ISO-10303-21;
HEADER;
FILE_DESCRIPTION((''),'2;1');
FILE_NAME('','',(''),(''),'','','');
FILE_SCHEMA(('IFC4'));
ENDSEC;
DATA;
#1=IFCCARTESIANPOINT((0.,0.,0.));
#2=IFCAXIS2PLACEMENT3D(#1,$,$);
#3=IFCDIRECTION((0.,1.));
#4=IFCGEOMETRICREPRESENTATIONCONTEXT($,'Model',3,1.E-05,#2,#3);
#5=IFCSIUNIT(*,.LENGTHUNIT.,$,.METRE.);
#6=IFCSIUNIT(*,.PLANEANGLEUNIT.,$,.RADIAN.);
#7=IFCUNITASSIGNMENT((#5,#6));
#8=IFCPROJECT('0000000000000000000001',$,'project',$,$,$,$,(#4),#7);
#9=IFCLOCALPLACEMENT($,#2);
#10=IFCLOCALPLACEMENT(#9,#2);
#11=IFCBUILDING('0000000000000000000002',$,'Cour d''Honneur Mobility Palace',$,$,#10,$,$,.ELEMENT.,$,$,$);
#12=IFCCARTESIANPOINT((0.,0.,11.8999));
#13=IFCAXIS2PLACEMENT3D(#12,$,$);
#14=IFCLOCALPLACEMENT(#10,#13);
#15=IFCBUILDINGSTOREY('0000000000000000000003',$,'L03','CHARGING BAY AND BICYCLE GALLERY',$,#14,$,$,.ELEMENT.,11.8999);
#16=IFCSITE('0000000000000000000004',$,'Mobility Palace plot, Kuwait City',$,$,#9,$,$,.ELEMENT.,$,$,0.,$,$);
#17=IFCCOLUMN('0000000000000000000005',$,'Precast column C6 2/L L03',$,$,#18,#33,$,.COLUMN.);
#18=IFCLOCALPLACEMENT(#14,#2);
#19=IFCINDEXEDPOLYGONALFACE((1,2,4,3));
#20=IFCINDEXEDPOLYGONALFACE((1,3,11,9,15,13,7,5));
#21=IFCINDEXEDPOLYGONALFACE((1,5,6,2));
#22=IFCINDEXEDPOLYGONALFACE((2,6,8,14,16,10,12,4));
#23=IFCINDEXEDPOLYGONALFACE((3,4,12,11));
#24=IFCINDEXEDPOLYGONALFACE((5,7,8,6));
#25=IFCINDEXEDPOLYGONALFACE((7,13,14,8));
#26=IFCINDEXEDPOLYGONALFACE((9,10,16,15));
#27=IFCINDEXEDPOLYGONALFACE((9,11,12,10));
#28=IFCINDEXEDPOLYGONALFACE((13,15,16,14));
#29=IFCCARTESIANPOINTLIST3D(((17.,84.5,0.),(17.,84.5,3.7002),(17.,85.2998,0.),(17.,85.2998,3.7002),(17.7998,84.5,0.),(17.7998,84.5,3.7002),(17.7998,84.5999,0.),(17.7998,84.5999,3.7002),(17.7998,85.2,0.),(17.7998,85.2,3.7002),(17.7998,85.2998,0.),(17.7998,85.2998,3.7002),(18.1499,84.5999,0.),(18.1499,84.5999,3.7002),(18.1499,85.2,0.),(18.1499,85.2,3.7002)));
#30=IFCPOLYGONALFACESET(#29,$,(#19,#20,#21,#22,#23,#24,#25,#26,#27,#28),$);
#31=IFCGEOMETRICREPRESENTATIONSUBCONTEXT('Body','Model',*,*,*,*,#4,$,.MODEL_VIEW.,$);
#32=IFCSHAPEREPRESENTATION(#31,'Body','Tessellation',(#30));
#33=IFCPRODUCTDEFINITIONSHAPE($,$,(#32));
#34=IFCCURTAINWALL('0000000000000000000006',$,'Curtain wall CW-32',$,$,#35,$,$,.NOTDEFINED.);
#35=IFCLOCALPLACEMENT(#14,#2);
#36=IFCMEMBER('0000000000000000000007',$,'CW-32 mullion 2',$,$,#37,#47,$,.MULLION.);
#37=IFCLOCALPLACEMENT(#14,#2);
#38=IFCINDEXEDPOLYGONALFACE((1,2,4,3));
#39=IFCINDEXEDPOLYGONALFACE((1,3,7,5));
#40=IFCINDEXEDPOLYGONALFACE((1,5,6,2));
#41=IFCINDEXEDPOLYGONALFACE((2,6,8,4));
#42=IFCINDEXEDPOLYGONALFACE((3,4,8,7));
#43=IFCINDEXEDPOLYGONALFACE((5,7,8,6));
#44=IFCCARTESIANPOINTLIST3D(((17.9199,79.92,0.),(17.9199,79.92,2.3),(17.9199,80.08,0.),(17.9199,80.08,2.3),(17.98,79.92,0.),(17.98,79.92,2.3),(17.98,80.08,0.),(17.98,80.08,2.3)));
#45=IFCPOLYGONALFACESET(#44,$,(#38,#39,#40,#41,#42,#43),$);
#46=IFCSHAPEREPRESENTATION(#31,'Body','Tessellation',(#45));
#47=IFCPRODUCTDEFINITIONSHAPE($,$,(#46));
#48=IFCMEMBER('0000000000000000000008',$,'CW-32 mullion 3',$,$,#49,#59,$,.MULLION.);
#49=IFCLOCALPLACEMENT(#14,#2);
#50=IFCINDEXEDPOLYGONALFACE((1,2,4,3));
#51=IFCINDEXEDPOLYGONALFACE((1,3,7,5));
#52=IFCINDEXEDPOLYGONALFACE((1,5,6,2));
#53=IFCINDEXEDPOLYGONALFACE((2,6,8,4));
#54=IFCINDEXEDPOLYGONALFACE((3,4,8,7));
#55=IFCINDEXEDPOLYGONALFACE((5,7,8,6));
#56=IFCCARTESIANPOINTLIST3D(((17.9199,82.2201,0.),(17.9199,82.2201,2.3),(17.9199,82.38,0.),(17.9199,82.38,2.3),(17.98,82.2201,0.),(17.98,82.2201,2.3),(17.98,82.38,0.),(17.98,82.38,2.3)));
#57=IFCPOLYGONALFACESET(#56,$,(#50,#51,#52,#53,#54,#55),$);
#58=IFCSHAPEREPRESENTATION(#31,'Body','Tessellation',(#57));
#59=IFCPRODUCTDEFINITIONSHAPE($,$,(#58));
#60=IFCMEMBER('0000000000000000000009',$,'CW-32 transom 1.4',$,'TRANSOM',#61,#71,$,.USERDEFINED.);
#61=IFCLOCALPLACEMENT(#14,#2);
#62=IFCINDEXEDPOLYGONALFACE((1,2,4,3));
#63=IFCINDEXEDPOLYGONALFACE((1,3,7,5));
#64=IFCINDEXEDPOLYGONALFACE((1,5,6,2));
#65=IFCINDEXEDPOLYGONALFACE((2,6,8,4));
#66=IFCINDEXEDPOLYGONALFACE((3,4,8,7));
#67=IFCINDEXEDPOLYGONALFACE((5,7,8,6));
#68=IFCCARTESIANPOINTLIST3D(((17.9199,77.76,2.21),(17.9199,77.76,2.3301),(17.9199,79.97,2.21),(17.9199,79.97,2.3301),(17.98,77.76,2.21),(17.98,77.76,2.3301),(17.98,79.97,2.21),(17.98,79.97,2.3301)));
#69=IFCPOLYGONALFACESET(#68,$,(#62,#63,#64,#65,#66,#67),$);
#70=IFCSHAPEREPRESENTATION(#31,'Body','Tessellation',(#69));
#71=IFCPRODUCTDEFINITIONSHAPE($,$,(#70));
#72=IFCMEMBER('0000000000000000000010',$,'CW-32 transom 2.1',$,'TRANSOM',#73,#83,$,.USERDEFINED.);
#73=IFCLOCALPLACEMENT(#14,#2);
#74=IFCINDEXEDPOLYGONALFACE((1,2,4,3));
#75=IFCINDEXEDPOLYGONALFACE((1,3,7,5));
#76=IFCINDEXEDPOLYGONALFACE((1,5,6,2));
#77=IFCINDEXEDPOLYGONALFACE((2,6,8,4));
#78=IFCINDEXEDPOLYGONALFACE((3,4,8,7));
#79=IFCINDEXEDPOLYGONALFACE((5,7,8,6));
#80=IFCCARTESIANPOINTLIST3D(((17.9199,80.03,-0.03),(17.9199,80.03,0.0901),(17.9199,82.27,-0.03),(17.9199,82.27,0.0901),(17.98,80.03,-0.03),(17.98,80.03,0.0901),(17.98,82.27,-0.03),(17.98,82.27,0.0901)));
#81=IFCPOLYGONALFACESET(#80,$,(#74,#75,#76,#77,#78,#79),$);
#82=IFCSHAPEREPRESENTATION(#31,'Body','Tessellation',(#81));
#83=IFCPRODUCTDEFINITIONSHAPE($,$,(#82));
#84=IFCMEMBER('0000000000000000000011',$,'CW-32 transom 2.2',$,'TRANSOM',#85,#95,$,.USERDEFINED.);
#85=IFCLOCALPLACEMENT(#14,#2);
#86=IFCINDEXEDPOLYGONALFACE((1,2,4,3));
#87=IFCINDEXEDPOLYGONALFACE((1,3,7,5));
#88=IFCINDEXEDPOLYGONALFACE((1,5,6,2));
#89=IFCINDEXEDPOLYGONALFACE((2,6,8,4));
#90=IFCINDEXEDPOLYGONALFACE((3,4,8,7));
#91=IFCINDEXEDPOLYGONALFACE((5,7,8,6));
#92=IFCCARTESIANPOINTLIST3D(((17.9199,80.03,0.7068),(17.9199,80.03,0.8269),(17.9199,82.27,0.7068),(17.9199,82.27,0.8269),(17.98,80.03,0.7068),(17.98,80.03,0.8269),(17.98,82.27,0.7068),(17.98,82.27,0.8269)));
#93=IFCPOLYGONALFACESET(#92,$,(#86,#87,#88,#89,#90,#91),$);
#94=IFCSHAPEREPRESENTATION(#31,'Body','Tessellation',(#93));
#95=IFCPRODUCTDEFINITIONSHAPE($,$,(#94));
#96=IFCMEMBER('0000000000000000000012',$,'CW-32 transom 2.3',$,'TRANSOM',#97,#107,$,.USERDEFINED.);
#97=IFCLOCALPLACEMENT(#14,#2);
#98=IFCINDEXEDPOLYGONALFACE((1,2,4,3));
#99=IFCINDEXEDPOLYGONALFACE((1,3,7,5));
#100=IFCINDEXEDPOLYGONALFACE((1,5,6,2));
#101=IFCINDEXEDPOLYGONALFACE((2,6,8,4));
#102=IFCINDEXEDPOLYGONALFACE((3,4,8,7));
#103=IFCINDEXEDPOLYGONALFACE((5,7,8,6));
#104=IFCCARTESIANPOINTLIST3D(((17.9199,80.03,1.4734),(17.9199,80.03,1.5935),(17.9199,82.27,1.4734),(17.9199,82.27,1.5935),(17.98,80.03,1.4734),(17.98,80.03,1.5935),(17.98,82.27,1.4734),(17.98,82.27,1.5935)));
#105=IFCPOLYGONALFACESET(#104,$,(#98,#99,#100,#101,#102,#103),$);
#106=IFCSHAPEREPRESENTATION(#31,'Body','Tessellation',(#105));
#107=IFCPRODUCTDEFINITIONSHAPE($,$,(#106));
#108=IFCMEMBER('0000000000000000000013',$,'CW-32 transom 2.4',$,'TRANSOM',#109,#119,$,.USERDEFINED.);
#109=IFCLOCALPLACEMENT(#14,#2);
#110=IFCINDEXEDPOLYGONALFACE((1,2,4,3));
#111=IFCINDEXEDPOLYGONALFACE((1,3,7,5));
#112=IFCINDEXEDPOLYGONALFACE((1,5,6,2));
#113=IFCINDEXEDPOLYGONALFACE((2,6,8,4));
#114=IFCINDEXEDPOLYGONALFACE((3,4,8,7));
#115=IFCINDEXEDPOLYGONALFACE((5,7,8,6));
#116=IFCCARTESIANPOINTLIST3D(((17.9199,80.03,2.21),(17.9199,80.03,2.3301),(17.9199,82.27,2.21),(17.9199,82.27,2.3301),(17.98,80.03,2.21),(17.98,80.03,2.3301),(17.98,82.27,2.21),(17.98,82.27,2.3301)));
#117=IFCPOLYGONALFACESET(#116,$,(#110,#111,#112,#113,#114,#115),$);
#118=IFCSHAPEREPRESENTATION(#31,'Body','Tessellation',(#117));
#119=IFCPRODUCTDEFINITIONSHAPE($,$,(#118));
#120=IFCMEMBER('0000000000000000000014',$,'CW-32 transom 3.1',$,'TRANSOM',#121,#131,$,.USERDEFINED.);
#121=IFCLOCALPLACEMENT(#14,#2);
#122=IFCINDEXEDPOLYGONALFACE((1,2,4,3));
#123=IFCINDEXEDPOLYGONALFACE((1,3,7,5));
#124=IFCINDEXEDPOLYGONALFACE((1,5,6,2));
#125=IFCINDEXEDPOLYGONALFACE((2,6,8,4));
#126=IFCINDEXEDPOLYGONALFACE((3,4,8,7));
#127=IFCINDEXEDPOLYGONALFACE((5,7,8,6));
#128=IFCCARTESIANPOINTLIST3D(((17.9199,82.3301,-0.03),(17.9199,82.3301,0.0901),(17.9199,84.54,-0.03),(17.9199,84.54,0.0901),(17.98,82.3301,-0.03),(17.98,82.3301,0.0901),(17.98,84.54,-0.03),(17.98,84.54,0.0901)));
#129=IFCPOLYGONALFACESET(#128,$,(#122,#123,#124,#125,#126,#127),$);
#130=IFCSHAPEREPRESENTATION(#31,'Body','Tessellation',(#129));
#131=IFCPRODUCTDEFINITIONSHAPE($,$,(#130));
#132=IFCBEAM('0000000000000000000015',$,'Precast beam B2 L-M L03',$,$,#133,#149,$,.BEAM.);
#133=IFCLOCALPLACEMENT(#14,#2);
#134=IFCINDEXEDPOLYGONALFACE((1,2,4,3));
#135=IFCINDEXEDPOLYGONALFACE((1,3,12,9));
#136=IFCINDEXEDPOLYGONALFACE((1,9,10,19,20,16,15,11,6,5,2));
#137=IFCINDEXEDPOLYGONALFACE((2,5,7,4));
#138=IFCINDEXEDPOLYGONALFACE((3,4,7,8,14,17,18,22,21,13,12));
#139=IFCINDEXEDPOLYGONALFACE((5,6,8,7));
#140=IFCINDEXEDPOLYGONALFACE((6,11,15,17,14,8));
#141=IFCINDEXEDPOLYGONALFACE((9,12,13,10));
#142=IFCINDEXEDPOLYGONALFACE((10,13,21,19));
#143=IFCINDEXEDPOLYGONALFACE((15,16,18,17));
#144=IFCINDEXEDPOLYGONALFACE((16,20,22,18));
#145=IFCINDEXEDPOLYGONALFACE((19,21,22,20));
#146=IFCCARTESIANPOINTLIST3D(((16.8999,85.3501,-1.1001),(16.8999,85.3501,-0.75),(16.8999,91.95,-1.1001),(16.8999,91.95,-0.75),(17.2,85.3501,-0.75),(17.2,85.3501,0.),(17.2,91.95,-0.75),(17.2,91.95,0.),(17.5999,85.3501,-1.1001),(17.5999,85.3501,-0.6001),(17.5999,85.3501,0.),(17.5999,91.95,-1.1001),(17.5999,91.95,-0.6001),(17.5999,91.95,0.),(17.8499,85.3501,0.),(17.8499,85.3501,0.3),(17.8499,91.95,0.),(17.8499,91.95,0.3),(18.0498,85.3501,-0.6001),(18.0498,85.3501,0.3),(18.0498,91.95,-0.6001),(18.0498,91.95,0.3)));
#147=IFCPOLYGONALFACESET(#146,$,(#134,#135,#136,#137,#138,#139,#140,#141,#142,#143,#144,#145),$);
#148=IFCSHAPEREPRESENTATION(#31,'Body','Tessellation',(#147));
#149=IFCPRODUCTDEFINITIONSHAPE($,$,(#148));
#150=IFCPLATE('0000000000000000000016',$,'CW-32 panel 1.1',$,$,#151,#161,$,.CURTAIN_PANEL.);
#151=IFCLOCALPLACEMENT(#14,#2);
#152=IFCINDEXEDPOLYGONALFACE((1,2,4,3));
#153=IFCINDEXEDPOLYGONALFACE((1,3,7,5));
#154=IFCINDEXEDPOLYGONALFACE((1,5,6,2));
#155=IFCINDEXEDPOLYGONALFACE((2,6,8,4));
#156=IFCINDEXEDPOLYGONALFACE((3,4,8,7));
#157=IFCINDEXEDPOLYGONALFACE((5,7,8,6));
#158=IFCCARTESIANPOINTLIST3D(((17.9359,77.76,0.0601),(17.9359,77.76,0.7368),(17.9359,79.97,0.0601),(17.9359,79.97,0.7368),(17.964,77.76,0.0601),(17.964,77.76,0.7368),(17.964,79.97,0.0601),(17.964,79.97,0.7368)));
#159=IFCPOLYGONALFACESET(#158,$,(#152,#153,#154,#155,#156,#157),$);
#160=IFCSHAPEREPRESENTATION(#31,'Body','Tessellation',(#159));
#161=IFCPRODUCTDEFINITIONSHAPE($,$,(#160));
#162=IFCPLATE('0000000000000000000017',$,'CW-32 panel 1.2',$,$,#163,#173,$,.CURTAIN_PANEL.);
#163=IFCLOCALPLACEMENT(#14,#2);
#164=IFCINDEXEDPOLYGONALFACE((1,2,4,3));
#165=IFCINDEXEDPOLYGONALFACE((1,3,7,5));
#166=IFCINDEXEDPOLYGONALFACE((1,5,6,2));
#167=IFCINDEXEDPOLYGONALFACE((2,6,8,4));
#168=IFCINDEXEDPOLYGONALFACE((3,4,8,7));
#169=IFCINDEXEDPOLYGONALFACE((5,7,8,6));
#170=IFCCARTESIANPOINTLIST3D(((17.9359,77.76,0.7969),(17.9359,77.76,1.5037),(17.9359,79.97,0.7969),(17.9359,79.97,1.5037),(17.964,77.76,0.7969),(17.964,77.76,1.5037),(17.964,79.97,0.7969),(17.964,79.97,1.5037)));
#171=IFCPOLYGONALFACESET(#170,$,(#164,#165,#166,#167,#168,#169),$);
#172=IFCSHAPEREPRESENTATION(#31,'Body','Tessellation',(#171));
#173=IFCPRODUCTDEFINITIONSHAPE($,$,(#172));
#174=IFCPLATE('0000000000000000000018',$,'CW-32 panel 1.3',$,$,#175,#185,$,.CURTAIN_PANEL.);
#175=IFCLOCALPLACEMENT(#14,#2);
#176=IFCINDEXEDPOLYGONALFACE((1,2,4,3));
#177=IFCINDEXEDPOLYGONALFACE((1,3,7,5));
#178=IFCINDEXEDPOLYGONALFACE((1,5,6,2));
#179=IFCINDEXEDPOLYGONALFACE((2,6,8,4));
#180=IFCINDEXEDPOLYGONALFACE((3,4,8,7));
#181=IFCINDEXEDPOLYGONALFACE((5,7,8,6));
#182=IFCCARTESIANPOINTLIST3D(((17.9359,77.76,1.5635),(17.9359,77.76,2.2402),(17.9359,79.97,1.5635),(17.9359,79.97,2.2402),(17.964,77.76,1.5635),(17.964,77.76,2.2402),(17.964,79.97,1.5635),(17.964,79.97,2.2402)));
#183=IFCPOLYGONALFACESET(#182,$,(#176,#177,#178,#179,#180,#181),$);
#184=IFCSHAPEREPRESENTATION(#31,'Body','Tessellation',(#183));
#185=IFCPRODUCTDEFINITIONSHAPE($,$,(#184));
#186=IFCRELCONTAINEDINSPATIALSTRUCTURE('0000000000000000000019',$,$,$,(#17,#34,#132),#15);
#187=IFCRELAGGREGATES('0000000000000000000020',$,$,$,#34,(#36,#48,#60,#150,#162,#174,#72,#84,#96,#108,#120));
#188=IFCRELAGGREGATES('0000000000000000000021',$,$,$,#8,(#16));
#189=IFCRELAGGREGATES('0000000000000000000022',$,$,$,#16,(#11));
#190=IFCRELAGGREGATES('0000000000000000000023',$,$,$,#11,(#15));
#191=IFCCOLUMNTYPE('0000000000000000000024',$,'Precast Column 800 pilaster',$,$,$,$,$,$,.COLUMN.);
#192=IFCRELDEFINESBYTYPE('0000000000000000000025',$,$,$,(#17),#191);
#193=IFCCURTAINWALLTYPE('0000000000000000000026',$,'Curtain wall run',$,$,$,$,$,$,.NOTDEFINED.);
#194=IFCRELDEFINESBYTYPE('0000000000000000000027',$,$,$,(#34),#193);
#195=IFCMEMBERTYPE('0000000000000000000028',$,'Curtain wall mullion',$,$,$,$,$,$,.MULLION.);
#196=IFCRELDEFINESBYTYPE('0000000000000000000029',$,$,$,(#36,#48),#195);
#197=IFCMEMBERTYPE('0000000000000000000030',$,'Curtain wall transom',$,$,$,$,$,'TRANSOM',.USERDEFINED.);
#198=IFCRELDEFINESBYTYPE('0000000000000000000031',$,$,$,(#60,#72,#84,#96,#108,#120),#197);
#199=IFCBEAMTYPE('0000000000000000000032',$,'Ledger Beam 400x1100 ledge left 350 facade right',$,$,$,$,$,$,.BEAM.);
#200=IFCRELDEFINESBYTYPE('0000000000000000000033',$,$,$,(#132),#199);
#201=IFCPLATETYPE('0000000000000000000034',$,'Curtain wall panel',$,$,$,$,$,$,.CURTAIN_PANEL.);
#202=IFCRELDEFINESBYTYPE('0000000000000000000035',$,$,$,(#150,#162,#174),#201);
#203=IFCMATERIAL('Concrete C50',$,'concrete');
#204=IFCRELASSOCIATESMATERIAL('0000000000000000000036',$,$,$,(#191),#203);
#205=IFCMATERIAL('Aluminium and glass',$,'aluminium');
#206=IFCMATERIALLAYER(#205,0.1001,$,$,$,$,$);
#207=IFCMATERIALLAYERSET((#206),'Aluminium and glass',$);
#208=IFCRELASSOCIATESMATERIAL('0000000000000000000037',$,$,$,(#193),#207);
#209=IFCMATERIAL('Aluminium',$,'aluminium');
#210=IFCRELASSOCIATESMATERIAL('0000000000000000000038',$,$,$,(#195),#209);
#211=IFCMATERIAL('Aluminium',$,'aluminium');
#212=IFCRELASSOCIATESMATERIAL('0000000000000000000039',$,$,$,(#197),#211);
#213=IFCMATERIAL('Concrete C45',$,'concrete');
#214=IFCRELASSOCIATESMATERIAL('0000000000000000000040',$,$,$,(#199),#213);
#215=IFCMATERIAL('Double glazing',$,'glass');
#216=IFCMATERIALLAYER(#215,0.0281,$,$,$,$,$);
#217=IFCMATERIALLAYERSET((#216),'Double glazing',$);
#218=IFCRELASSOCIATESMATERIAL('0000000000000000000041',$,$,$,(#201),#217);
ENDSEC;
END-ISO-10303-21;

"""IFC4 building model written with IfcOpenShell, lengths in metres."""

from ifc_helpers import new_model, si_unit, direction, frame, origin, origin_2d, place, context, subcontext, project, spatial, polyline, rectangle, outline, extrude, material, layer, layer_set, material_profile, profile_set, type_object, element, aggregate, save


model = new_model("IFC4")

# Units and contexts
model_context = context("Model", 3, precision=1e-05, world=origin(), true_north=direction((0.0, 1.0)))
body_context = subcontext(model_context, "Body", "Model", "MODEL_VIEW")
ifc_project = project(units=[si_unit("LENGTHUNIT", "METRE"), si_unit("PLANEANGLEUNIT", "RADIAN")], contexts=[model_context])

# Site, building, storey
site_placement = place(None, origin())
site = spatial("IfcSite", under=ifc_project, at=site_placement, Name="Mobility Palace plot, Kuwait City", CompositionType="ELEMENT", RefElevation=0.0)
building_placement = place(site_placement, origin())
building = spatial("IfcBuilding", under=site, at=building_placement, Name="Cour d'Honneur Mobility Palace", CompositionType="ELEMENT")
storey_placement = place(building_placement, frame((0.0, 0.0, 11.8999)))
storey = spatial("IfcBuildingStorey", under=building, at=storey_placement, Name="L03", Description="CHARGING BAY AND BICYCLE GALLERY", CompositionType="ELEMENT", Elevation=11.8999)

# Column
ifc_material_1 = material(Name="Concrete C50", Category="concrete")
ifc_material_profile_1 = material_profile(ifc_material_1, outline(polyline([(-0.3999, -0.3999), (0.3999, -0.3999), (0.3999, -0.3), (0.75, -0.3), (0.75, 0.3), (0.3999, 0.3), (0.3999, 0.3999), (-0.3999, 0.3999), (-0.3999, -0.3999)])), Name="PC C800 pilaster")
ifc_profile_set_1 = profile_set([ifc_material_profile_1], Name="Concrete C50")
column_type = type_object("IfcColumnType", Name="Precast Column 800 pilaster", PredefinedType="COLUMN", material=ifc_profile_set_1)
column_placement = place(storey_placement, frame((17.3999, 84.8999, 0.0), z_axis=(0.0, 0.0, 1.0), x_axis=(1.0, 0.0, 0.0)))
element("IfcColumn", 1, at=column_placement, inside=storey, type_object=column_type, Name="Precast column C6 2/L L03", PredefinedType="COLUMN", context=body_context, shape_type="SweptSolid", body=[
    extrude(outline(polyline([(-0.3999, -0.3999), (0.3999, -0.3999), (0.3999, -0.3), (0.75, -0.3), (0.75, 0.3), (0.3999, 0.3), (0.3999, 0.3999), (-0.3999, 0.3999), (-0.3999, -0.3999)])), origin(), (0.0, 0.0, 1.0), 3.7002),
])

# Curtain wall, members
ifc_material_2 = material(Name="Aluminium and glass", Category="aluminium")
ifc_layer_1 = layer(ifc_material_2, 0.1001)
ifc_layer_set_1 = layer_set([ifc_layer_1], Name="Aluminium and glass")
curtain_wall_type = type_object("IfcCurtainWallType", Name="Curtain wall run", PredefinedType="NOTDEFINED", material=ifc_layer_set_1)
curtain_wall_placement = place(storey_placement, origin())
curtain_wall = element("IfcCurtainWall", 2, at=curtain_wall_placement, inside=storey, type_object=curtain_wall_type, Name="Curtain wall CW-32", PredefinedType="NOTDEFINED")
ifc_material_3 = material(Name="Aluminium", Category="aluminium")
ifc_material_profile_2 = material_profile(ifc_material_3, rectangle(XDim=0.0601, YDim=0.1599, at=origin_2d()), Name="Curtain wall mullion")
ifc_profile_set_2 = profile_set([ifc_material_profile_2], Name="Aluminium")
member_type_1 = type_object("IfcMemberType", Name="Curtain wall mullion", PredefinedType="MULLION", material=ifc_profile_set_2)
member_1_placement = place(storey_placement, frame((17.95, 80.0, 0.0), z_axis=(0.0, 0.0, 1.0), x_axis=(-1.0, 0.0, 0.0)))
member_1 = element("IfcMember", 3, at=member_1_placement, type_object=member_type_1, Name="CW-32 mullion 2", PredefinedType="MULLION", context=body_context, shape_type="SweptSolid", body=[
    extrude(rectangle(XDim=0.0601, YDim=0.1599, at=origin_2d()), origin(), (0.0, 0.0, 1.0), 2.3),
])
member_2_placement = place(storey_placement, frame((17.95, 82.3, 0.0), z_axis=(0.0, 0.0, 1.0), x_axis=(-1.0, 0.0, 0.0)))
member_2 = element("IfcMember", 4, at=member_2_placement, type_object=member_type_1, Name="CW-32 mullion 3", PredefinedType="MULLION", context=body_context, shape_type="SweptSolid", body=[
    extrude(rectangle(XDim=0.0601, YDim=0.1599, at=origin_2d()), origin(), (0.0, 0.0, 1.0), 2.3),
])
ifc_material_4 = material(Name="Aluminium", Category="aluminium")
ifc_material_profile_3 = material_profile(ifc_material_4, rectangle(XDim=0.0601, YDim=0.1201, at=origin_2d()), Name="Curtain wall transom")
ifc_profile_set_3 = profile_set([ifc_material_profile_3], Name="Aluminium")
member_type_2 = type_object("IfcMemberType", Name="Curtain wall transom", ElementType="TRANSOM", PredefinedType="USERDEFINED", material=ifc_profile_set_3)
member_3_placement = place(storey_placement, frame((17.95, 77.76, 2.27), z_axis=(0.0, 1.0, 0.0), x_axis=(-1.0, 0.0, 0.0)))
member_3 = element("IfcMember", 5, at=member_3_placement, type_object=member_type_2, Name="CW-32 transom 1.4", ObjectType="TRANSOM", PredefinedType="USERDEFINED", context=body_context, shape_type="SweptSolid", body=[
    extrude(rectangle(XDim=0.0601, YDim=0.1201, at=origin_2d()), origin(), (0.0, 0.0, 1.0), 2.21),
])
member_4_placement = place(storey_placement, frame((17.95, 80.03, 0.03), z_axis=(0.0, 1.0, 0.0), x_axis=(-1.0, 0.0, 0.0)))
member_4 = element("IfcMember", 6, at=member_4_placement, type_object=member_type_2, Name="CW-32 transom 2.1", ObjectType="TRANSOM", PredefinedType="USERDEFINED", context=body_context, shape_type="SweptSolid", body=[
    extrude(rectangle(XDim=0.0601, YDim=0.1201, at=origin_2d()), origin(), (0.0, 0.0, 1.0), 2.24),
])
member_5_placement = place(storey_placement, frame((17.95, 80.03, 0.7668), z_axis=(0.0, 1.0, 0.0), x_axis=(-1.0, 0.0, 0.0)))
member_5 = element("IfcMember", 7, at=member_5_placement, type_object=member_type_2, Name="CW-32 transom 2.2", ObjectType="TRANSOM", PredefinedType="USERDEFINED", context=body_context, shape_type="SweptSolid", body=[
    extrude(rectangle(XDim=0.0601, YDim=0.1201, at=origin_2d()), origin(), (0.0, 0.0, 1.0), 2.24),
])
member_6_placement = place(storey_placement, frame((17.95, 80.03, 1.5334), z_axis=(0.0, 1.0, 0.0), x_axis=(-1.0, 0.0, 0.0)))
member_6 = element("IfcMember", 8, at=member_6_placement, type_object=member_type_2, Name="CW-32 transom 2.3", ObjectType="TRANSOM", PredefinedType="USERDEFINED", context=body_context, shape_type="SweptSolid", body=[
    extrude(rectangle(XDim=0.0601, YDim=0.1201, at=origin_2d()), origin(), (0.0, 0.0, 1.0), 2.24),
])
member_7_placement = place(storey_placement, frame((17.95, 80.03, 2.27), z_axis=(0.0, 1.0, 0.0), x_axis=(-1.0, 0.0, 0.0)))
member_7 = element("IfcMember", 9, at=member_7_placement, type_object=member_type_2, Name="CW-32 transom 2.4", ObjectType="TRANSOM", PredefinedType="USERDEFINED", context=body_context, shape_type="SweptSolid", body=[
    extrude(rectangle(XDim=0.0601, YDim=0.1201, at=origin_2d()), origin(), (0.0, 0.0, 1.0), 2.24),
])
member_8_placement = place(storey_placement, frame((17.95, 82.3301, 0.03), z_axis=(0.0, 1.0, 0.0), x_axis=(-1.0, 0.0, 0.0)))
member_8 = element("IfcMember", 10, at=member_8_placement, type_object=member_type_2, Name="CW-32 transom 3.1", ObjectType="TRANSOM", PredefinedType="USERDEFINED", context=body_context, shape_type="SweptSolid", body=[
    extrude(rectangle(XDim=0.0601, YDim=0.1201, at=origin_2d()), origin(), (0.0, 0.0, 1.0), 2.21),
])

# Beam
ifc_material_5 = material(Name="Concrete C45", Category="concrete")
ifc_material_profile_4 = material_profile(ifc_material_5, outline(polyline([(0.5, -1.1001), (0.5, -0.75), (0.2, -0.75), (0.2, 0.0), (-0.2, 0.0), (-0.45, 0.0), (-0.45, 0.3), (-0.6499, 0.3), (-0.6499, -0.6001), (-0.2, -0.6001), (-0.2, -1.1001), (0.5, -1.1001)])), Name="Ledger Beam 400x1100 ledge left 350 facade right")
ifc_profile_set_4 = profile_set([ifc_material_profile_4], Name="Concrete C45")
beam_type = type_object("IfcBeamType", Name="Ledger Beam 400x1100 ledge left 350 facade right", PredefinedType="BEAM", material=ifc_profile_set_4)
beam_placement = place(storey_placement, frame((17.3999, 85.3501, 0.0), z_axis=(0.0, 1.0, 0.0), x_axis=(-1.0, 0.0, 0.0)))
element("IfcBeam", 11, at=beam_placement, inside=storey, type_object=beam_type, Name="Precast beam B2 L-M L03", PredefinedType="BEAM", context=body_context, shape_type="SweptSolid", body=[
    extrude(outline(polyline([(0.5, -1.1001), (0.5, -0.75), (0.2, -0.75), (0.2, 0.0), (-0.2, 0.0), (-0.45, 0.0), (-0.45, 0.3), (-0.6499, 0.3), (-0.6499, -0.6001), (-0.2, -0.6001), (-0.2, -1.1001), (0.5, -1.1001)])), origin(), (0.0, 0.0, 1.0), 6.5999),
])

# Plates
ifc_material_6 = material(Name="Double glazing", Category="glass")
ifc_layer_2 = layer(ifc_material_6, 0.0281)
ifc_layer_set_2 = layer_set([ifc_layer_2], Name="Double glazing")
plate_type = type_object("IfcPlateType", Name="Curtain wall panel", PredefinedType="CURTAIN_PANEL", material=ifc_layer_set_2)
plate_1_placement = place(storey_placement, frame((17.95, 78.865, 0.0601), z_axis=(0.0, 0.0, 1.0), x_axis=(0.0, 1.0, 0.0)))
plate_1 = element("IfcPlate", 12, at=plate_1_placement, type_object=plate_type, Name="CW-32 panel 1.1", PredefinedType="CURTAIN_PANEL", context=body_context, shape_type="SweptSolid", body=[
    extrude(rectangle(XDim=2.21, YDim=0.0281, at=origin_2d()), origin(), (0.0, 0.0, 1.0), 0.6768),
])
plate_2_placement = place(storey_placement, frame((17.95, 78.865, 0.7969), z_axis=(0.0, 0.0, 1.0), x_axis=(0.0, 1.0, 0.0)))
plate_2 = element("IfcPlate", 13, at=plate_2_placement, type_object=plate_type, Name="CW-32 panel 1.2", PredefinedType="CURTAIN_PANEL", context=body_context, shape_type="SweptSolid", body=[
    extrude(rectangle(XDim=2.21, YDim=0.0281, at=origin_2d()), origin(), (0.0, 0.0, 1.0), 0.7068),
])
plate_3_placement = place(storey_placement, frame((17.95, 78.865, 1.5635), z_axis=(0.0, 0.0, 1.0), x_axis=(0.0, 1.0, 0.0)))
plate_3 = element("IfcPlate", 14, at=plate_3_placement, type_object=plate_type, Name="CW-32 panel 1.3", PredefinedType="CURTAIN_PANEL", context=body_context, shape_type="SweptSolid", body=[
    extrude(rectangle(XDim=2.21, YDim=0.0281, at=origin_2d()), origin(), (0.0, 0.0, 1.0), 0.6768),
])
aggregate(curtain_wall, [member_1, member_2, member_3, plate_1, plate_2, plate_3, member_4, member_5, member_6, member_7, member_8])

save(model, "model.ifc")
